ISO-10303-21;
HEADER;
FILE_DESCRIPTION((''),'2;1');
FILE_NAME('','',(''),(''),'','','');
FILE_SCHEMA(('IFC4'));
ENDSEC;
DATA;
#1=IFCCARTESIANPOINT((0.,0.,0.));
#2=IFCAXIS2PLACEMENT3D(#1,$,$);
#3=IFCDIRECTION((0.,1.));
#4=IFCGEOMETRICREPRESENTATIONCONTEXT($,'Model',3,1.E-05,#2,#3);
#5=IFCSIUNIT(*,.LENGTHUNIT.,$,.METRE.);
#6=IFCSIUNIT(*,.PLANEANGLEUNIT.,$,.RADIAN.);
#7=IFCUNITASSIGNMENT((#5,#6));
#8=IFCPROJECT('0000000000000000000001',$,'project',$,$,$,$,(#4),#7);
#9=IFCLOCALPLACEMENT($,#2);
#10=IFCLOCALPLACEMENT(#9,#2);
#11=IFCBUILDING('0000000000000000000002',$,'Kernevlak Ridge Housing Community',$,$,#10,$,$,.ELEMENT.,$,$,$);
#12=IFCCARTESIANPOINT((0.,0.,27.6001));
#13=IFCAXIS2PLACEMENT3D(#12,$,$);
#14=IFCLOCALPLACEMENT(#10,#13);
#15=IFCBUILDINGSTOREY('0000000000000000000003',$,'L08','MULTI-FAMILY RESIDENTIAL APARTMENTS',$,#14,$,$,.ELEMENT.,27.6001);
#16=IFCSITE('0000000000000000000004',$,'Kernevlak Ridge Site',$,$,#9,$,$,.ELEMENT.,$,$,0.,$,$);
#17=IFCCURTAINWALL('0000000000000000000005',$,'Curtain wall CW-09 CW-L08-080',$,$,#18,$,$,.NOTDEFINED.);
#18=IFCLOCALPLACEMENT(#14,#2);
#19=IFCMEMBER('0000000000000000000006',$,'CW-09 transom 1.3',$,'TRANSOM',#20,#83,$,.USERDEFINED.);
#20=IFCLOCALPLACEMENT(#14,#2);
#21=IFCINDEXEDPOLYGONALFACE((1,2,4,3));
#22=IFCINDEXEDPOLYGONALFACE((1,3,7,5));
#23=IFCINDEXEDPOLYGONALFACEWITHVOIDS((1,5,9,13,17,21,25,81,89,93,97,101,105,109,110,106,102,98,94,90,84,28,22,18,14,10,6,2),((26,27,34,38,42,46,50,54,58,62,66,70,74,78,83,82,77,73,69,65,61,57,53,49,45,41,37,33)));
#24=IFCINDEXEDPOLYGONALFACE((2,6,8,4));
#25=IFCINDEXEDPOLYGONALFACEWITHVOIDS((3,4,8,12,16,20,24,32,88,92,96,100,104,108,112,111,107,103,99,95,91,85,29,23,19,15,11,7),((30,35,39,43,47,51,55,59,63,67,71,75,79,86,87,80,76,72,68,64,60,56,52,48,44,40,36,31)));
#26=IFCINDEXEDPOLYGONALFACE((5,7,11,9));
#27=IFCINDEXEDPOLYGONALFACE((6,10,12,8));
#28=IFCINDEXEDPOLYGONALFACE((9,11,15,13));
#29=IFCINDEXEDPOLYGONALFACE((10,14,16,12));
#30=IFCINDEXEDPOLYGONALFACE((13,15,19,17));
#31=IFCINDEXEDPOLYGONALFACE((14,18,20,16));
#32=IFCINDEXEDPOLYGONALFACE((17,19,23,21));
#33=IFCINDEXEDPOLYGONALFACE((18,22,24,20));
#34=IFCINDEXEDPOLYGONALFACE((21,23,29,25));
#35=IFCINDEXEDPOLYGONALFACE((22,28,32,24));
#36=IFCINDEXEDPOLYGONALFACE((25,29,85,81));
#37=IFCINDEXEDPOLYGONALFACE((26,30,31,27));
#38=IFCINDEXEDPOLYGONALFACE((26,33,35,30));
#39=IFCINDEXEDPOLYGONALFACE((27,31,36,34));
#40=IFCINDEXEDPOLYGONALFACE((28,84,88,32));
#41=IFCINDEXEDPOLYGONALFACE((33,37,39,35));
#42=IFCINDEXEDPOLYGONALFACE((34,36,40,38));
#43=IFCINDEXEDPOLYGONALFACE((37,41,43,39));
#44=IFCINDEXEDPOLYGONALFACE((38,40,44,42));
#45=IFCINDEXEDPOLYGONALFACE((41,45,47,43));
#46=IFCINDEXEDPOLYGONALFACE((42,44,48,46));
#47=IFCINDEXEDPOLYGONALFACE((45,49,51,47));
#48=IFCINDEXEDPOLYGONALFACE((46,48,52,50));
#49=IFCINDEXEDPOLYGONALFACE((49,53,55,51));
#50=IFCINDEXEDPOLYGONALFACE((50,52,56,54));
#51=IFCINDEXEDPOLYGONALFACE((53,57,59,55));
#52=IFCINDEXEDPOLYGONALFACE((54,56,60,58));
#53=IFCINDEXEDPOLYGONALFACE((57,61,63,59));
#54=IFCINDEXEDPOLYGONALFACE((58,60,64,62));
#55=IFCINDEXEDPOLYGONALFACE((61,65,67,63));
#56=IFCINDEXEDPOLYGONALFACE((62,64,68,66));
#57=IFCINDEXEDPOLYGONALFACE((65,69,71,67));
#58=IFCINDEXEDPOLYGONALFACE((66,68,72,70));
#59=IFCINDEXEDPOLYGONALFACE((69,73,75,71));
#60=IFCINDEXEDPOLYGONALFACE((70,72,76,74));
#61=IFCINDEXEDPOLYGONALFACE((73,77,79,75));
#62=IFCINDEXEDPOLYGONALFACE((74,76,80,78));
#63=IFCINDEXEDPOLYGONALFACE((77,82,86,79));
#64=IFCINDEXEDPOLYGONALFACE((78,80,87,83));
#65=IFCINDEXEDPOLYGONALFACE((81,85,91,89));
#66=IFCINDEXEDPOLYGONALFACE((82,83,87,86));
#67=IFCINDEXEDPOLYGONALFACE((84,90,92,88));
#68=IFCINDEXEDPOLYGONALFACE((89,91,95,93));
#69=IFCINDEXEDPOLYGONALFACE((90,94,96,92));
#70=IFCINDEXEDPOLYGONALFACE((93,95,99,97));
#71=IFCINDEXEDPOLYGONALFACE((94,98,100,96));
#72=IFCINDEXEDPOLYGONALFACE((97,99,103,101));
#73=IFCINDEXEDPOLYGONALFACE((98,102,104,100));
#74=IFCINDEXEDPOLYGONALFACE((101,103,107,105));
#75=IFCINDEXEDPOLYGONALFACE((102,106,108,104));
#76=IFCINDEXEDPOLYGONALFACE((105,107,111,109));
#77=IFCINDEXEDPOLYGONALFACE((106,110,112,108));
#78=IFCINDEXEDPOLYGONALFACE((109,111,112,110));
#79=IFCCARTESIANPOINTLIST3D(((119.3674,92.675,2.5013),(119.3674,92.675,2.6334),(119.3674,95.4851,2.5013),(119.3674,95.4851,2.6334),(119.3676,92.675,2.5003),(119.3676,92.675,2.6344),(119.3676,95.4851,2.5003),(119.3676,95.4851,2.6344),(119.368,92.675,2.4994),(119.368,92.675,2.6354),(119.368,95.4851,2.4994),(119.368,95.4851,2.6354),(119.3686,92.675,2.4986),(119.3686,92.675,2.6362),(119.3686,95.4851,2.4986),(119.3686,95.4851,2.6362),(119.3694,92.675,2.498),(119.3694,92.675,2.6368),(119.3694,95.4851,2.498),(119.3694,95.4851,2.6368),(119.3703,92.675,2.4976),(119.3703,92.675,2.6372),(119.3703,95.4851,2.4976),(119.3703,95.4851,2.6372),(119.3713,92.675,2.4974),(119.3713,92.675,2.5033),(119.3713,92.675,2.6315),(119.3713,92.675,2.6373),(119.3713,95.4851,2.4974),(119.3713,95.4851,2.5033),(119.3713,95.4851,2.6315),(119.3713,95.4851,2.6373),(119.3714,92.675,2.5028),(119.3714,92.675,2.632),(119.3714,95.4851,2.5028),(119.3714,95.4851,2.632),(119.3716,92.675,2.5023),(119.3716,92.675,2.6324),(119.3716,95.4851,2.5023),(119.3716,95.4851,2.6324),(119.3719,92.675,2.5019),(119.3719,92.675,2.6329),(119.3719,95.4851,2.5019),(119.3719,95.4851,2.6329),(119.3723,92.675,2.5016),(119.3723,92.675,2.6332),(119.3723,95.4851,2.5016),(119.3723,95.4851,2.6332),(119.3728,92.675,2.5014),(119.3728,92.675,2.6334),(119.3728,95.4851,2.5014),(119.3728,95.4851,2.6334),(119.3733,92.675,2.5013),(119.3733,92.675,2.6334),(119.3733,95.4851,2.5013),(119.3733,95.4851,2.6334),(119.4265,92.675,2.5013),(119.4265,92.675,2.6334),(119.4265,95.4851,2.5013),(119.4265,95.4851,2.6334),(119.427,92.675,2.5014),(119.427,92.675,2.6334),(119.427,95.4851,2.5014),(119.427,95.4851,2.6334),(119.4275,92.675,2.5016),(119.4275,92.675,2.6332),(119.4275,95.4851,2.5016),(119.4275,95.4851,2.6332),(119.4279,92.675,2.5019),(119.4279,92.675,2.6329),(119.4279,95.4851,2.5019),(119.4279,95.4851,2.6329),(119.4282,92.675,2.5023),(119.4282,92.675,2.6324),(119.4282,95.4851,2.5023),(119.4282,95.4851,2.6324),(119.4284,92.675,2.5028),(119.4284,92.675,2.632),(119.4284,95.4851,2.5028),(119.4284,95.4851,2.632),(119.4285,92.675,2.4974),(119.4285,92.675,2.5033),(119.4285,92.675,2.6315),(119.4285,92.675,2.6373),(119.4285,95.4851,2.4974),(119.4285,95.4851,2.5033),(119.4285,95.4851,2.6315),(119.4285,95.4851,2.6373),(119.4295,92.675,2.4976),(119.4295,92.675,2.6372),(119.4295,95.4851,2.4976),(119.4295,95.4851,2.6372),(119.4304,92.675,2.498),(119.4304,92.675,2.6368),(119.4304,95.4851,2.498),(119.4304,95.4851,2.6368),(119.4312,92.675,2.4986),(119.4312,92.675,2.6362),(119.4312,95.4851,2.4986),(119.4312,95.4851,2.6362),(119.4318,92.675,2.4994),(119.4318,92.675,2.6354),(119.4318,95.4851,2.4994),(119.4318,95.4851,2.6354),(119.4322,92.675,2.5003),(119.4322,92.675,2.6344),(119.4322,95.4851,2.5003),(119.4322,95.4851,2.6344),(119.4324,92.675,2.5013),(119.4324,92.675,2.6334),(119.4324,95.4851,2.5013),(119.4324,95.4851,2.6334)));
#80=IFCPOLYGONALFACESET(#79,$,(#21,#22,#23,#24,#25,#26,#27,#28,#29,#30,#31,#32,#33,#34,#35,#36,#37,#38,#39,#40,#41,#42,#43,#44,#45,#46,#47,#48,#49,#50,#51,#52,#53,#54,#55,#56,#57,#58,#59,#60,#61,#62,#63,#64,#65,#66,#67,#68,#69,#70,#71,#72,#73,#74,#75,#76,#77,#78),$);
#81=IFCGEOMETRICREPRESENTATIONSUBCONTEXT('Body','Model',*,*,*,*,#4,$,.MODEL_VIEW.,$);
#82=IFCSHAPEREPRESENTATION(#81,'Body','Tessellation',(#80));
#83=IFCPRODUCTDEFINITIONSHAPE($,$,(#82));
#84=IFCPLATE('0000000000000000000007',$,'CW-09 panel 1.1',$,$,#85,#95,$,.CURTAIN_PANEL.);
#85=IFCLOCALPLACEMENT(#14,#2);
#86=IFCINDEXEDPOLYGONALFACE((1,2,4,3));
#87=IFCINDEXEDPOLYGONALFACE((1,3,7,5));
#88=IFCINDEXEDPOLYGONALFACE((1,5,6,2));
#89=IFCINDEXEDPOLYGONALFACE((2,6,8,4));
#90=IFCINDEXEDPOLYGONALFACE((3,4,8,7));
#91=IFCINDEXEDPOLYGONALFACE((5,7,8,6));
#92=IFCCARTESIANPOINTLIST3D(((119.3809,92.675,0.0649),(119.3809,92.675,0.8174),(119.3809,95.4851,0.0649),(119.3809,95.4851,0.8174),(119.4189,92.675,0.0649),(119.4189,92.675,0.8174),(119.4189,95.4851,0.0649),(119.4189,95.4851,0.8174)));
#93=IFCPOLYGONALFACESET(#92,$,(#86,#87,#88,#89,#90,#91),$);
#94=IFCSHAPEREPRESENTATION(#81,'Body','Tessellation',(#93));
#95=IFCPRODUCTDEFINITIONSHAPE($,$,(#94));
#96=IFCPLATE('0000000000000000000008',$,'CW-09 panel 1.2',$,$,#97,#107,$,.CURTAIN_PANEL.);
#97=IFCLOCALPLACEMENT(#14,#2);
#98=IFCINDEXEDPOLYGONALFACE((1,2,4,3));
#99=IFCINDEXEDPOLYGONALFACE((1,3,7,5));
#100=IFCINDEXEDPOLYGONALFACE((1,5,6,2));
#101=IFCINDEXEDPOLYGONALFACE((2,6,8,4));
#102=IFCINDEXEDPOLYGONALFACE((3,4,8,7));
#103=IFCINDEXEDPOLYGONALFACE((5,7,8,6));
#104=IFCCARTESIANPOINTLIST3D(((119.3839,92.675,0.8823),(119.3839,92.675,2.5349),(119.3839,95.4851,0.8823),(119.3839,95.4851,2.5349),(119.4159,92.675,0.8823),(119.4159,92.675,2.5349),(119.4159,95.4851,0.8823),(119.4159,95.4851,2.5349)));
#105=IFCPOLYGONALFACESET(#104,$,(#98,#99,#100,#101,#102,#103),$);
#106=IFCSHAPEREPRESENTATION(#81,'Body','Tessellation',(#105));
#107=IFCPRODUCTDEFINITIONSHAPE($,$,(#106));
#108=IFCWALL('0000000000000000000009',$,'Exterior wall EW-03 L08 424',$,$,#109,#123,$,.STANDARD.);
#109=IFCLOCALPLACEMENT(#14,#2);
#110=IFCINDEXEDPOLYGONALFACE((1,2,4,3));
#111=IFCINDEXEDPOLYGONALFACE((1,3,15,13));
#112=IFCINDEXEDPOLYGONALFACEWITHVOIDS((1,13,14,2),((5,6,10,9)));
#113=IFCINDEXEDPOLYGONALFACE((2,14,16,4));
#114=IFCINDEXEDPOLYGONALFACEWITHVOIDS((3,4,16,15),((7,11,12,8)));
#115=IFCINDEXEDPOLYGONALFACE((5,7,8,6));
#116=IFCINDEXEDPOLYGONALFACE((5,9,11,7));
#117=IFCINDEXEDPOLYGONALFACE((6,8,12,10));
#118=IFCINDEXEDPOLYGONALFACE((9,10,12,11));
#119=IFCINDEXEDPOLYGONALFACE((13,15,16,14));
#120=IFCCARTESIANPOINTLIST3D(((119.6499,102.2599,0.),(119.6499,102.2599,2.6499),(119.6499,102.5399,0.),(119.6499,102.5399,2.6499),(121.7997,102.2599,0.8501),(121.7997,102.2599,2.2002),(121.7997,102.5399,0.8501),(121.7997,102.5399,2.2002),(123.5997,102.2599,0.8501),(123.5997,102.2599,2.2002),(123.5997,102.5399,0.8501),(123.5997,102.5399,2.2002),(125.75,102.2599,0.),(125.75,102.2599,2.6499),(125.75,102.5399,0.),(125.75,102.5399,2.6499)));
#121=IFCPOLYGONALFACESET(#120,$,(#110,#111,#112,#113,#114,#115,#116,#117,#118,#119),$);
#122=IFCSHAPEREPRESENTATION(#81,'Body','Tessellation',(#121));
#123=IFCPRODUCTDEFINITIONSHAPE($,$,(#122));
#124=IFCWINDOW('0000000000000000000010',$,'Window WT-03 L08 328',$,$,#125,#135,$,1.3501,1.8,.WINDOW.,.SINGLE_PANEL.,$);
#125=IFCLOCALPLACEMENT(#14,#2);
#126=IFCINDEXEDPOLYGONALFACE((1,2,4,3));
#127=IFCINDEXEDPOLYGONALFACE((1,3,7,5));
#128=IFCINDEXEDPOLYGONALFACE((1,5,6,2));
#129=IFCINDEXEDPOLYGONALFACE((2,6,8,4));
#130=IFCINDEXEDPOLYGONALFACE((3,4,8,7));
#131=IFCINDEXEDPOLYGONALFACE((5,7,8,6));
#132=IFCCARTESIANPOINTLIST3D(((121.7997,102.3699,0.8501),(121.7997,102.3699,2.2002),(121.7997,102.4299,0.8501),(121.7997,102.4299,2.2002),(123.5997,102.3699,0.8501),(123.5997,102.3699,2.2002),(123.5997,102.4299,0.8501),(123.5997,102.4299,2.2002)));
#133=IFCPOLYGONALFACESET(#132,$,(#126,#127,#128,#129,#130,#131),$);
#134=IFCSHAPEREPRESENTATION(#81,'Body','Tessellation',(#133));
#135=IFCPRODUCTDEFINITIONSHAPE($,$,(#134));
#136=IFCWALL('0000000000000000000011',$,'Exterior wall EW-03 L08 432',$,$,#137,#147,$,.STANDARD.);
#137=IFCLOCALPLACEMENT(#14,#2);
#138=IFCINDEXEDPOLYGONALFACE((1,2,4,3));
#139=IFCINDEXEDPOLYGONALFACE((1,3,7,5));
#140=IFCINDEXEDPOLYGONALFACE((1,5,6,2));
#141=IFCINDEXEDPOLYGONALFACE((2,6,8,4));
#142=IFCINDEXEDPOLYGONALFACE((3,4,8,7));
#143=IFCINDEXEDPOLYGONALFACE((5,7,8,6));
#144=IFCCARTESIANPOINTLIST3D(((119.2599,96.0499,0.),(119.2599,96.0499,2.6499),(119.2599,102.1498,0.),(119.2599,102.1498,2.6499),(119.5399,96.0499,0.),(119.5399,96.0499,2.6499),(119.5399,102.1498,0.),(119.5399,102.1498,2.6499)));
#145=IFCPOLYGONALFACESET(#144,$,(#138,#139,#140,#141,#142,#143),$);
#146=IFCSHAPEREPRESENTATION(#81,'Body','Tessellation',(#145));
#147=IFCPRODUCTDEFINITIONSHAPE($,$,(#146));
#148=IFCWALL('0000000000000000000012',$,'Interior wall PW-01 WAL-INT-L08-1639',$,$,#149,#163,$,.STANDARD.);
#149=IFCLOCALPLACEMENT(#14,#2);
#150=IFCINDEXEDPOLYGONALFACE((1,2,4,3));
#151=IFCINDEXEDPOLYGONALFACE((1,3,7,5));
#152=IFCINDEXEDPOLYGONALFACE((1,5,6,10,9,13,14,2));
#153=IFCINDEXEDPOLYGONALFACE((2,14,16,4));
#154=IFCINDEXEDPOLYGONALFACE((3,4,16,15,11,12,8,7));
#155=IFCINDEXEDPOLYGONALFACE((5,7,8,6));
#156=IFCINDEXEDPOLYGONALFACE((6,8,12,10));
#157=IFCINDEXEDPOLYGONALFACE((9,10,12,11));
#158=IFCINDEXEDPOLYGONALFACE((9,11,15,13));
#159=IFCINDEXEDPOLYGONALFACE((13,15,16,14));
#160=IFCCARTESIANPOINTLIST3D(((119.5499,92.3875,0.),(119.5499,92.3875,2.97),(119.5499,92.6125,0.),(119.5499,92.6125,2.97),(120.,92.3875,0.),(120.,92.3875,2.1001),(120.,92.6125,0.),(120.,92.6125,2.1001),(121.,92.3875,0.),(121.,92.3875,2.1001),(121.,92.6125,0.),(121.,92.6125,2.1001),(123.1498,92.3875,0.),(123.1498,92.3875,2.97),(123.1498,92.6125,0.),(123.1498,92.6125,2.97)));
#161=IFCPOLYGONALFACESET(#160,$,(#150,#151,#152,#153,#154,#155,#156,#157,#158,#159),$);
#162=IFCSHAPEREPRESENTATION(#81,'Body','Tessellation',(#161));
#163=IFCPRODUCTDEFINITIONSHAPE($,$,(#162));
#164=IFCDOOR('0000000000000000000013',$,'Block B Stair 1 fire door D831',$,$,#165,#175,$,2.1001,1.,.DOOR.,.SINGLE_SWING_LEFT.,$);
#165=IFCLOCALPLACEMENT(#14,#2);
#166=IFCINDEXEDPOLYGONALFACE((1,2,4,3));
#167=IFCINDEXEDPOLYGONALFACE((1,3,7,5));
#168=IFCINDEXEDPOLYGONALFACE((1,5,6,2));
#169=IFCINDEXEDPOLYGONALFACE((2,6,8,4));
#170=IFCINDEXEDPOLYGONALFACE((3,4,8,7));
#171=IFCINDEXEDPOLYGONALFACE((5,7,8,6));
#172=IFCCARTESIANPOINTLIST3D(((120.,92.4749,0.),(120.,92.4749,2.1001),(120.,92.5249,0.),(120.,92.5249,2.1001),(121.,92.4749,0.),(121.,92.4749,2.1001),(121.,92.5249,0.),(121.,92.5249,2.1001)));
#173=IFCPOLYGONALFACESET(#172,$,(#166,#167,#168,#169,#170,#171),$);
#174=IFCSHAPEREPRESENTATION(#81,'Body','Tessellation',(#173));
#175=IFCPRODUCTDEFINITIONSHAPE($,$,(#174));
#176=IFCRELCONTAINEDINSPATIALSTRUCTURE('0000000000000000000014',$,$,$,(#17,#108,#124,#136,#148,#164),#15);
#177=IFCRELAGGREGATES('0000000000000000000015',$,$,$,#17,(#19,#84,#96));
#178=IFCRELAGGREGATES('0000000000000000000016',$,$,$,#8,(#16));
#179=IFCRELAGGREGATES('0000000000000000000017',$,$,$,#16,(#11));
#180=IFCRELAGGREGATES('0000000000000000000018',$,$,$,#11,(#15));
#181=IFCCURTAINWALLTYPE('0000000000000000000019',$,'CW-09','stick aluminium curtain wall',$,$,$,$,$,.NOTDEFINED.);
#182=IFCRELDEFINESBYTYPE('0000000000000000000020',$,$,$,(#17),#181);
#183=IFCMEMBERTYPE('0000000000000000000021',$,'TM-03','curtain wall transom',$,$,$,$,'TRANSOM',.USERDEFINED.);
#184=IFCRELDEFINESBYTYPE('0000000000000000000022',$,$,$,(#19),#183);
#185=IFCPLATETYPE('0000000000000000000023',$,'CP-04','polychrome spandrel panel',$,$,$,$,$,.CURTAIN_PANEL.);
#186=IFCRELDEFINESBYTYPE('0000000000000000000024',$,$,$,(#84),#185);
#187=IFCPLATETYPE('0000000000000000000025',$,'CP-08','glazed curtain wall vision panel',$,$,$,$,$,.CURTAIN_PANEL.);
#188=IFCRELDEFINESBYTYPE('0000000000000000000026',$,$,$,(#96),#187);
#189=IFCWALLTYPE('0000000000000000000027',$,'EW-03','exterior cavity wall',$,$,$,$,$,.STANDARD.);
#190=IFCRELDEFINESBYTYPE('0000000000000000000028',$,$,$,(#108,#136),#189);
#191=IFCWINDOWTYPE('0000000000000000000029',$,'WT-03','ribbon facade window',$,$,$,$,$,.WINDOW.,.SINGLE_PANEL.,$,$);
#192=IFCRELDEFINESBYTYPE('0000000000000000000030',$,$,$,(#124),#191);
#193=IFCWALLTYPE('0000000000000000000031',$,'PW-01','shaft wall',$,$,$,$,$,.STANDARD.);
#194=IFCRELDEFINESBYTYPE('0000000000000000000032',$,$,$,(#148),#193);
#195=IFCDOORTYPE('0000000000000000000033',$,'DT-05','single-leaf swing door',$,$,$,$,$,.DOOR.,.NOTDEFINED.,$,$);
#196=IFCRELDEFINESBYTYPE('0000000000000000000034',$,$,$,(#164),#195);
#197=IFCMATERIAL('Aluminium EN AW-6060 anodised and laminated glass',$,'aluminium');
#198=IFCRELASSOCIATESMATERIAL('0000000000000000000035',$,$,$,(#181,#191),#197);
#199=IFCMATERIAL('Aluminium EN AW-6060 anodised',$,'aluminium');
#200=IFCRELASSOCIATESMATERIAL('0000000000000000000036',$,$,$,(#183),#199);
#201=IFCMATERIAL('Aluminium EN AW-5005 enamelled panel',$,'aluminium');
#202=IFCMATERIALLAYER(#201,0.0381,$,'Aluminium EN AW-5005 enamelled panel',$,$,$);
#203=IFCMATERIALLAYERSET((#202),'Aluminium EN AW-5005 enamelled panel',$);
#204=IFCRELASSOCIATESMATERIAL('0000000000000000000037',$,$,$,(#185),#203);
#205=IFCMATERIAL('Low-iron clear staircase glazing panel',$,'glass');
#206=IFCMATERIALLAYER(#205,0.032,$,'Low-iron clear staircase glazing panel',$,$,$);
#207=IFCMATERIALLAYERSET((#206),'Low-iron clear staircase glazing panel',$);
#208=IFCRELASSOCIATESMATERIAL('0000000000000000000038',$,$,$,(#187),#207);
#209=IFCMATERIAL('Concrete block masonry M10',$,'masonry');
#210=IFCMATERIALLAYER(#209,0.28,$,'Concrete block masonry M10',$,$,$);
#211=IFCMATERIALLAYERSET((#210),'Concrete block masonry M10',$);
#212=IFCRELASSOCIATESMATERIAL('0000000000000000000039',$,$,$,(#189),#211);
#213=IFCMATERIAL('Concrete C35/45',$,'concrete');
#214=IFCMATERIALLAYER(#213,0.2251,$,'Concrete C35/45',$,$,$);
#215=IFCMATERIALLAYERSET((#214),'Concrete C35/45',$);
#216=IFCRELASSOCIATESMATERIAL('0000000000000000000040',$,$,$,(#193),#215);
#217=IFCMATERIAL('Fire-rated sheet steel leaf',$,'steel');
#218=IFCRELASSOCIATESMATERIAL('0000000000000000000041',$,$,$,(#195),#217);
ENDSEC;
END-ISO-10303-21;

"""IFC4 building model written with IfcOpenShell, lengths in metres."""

from ifc_helpers import new_model, si_unit, direction, frame, frame_2d, origin, origin_2d, place, context, subcontext, project, spatial, rectangle, hollow_rectangle, extrude, material, layer, layer_set, material_profile, profile_set, type_object, element, fill, aggregate, save


model = new_model("IFC4")

# Units and contexts
model_context = context("Model", 3, precision=1e-05, world=origin(), true_north=direction((0.0, 1.0)))
body_context = subcontext(model_context, "Body", "Model", "MODEL_VIEW")
ifc_project = project(units=[si_unit("LENGTHUNIT", "METRE"), si_unit("PLANEANGLEUNIT", "RADIAN")], contexts=[model_context])

# Site, building, storey
site_placement = place(None, origin())
site = spatial("IfcSite", under=ifc_project, at=site_placement, Name="Kernevlak Ridge Site", CompositionType="ELEMENT", RefElevation=0.0)
building_placement = place(site_placement, origin())
building = spatial("IfcBuilding", under=site, at=building_placement, Name="Kernevlak Ridge Housing Community", CompositionType="ELEMENT")
storey_placement = place(building_placement, frame((0.0, 0.0, 27.6001)))
storey = spatial("IfcBuildingStorey", under=building, at=storey_placement, Name="L08", Description="MULTI-FAMILY RESIDENTIAL APARTMENTS", CompositionType="ELEMENT", Elevation=27.6001)

# Shared definitions
ifc_material_1 = material(Name="Concrete C35/45", Category="concrete")

# Curtain wall
ifc_material_2 = material(Name="Aluminium EN AW-6060 anodised and laminated glass", Category="aluminium")
curtain_wall_type = type_object("IfcCurtainWallType", Name="CW-09", Description="stick aluminium curtain wall", PredefinedType="NOTDEFINED", material=ifc_material_2)
curtain_wall_placement = place(storey_placement, origin())
curtain_wall = element("IfcCurtainWall", 1, at=curtain_wall_placement, inside=storey, type_object=curtain_wall_type, Name="Curtain wall CW-09 CW-L08-080", PredefinedType="NOTDEFINED")
ifc_material_3 = material(Name="Aluminium EN AW-6060 anodised", Category="aluminium")

# Member
ifc_material_profile_1 = material_profile(ifc_material_3, hollow_rectangle(XDim=0.0649, YDim=0.1399, WallThickness=0.0039, InnerFilletRadius=0.002, OuterFilletRadius=0.0039, at=origin_2d()), Name="ALU 65x140x4")
ifc_profile_set_1 = profile_set([ifc_material_profile_1], Name="Aluminium EN AW-6060 anodised")
member_type_1 = type_object("IfcMemberType", Name="TM-03", Description="curtain wall transom", ElementType="TRANSOM", PredefinedType="USERDEFINED", material=ifc_profile_set_1)
member_1_placement = place(storey_placement, frame((119.3999, 92.675, 2.5674), z_axis=(0.0, 1.0, 0.0), x_axis=(-1.0, 0.0, 0.0)))
member_1 = element("IfcMember", 2, at=member_1_placement, type_object=member_type_1, Name="CW-09 transom 1.3", ObjectType="TRANSOM", PredefinedType="USERDEFINED", context=body_context, shape_type="SweptSolid", body=[
    extrude(hollow_rectangle(XDim=0.0649, YDim=0.1399, WallThickness=0.0039, InnerFilletRadius=0.002, OuterFilletRadius=0.0039, at=origin_2d()), origin(), (0.0, 0.0, 1.0), 2.8101),
])

# Plates
ifc_material_4 = material(Name="Aluminium EN AW-5005 enamelled panel", Category="aluminium")
ifc_layer_1 = layer(ifc_material_4, 0.0381, Name="Aluminium EN AW-5005 enamelled panel")
ifc_layer_set_1 = layer_set([ifc_layer_1], Name="Aluminium EN AW-5005 enamelled panel")
plate_type_1 = type_object("IfcPlateType", Name="CP-04", Description="polychrome spandrel panel", PredefinedType="CURTAIN_PANEL", material=ifc_layer_set_1)
plate_1_placement = place(storey_placement, frame((119.3999, 94.0801, 0.0649), z_axis=(0.0, 0.0, 1.0), x_axis=(0.0, 1.0, 0.0)))
plate_1 = element("IfcPlate", 3, at=plate_1_placement, type_object=plate_type_1, Name="CW-09 panel 1.1", PredefinedType="CURTAIN_PANEL", context=body_context, shape_type="SweptSolid", body=[
    extrude(rectangle(XDim=2.8101, YDim=0.0381, at=origin_2d()), origin(), (0.0, 0.0, 1.0), 0.7524),
])
ifc_material_5 = material(Name="Low-iron clear staircase glazing panel", Category="glass")
ifc_layer_2 = layer(ifc_material_5, 0.032, Name="Low-iron clear staircase glazing panel")
ifc_layer_set_2 = layer_set([ifc_layer_2], Name="Low-iron clear staircase glazing panel")
plate_type_2 = type_object("IfcPlateType", Name="CP-08", Description="glazed curtain wall vision panel", PredefinedType="CURTAIN_PANEL", material=ifc_layer_set_2)
plate_2_placement = place(storey_placement, frame((119.3999, 94.0801, 0.8823), z_axis=(0.0, 0.0, 1.0), x_axis=(0.0, 1.0, 0.0)))
plate_2 = element("IfcPlate", 4, at=plate_2_placement, type_object=plate_type_2, Name="CW-09 panel 1.2", PredefinedType="CURTAIN_PANEL", context=body_context, shape_type="SweptSolid", body=[
    extrude(rectangle(XDim=2.8101, YDim=0.032, at=origin_2d()), origin(), (0.0, 0.0, 1.0), 1.6526),
])
aggregate(curtain_wall, [member_1, plate_1, plate_2])

# Wall, opening, window
ifc_material_6 = material(Name="Concrete block masonry M10", Category="masonry")
ifc_layer_3 = layer(ifc_material_6, 0.28, Name="Concrete block masonry M10")
ifc_layer_set_3 = layer_set([ifc_layer_3], Name="Concrete block masonry M10")
wall_type_1 = type_object("IfcWallType", Name="EW-03", Description="exterior cavity wall", PredefinedType="STANDARD", material=ifc_layer_set_3)
wall_1_placement = place(storey_placement, frame((119.6499, 102.3999, 0.0), z_axis=(0.0, 0.0, 1.0), x_axis=(1.0, 0.0, 0.0)))
wall_1 = element("IfcWall", 5, at=wall_1_placement, inside=storey, type_object=wall_type_1, Name="Exterior wall EW-03 L08 424", PredefinedType="STANDARD", context=body_context, shape_type="SweptSolid", body=[
    extrude(rectangle(XDim=6.1001, YDim=0.28, at=frame_2d((3.05, 0.0))), origin(), (0.0, 0.0, 1.0), 2.6499),
])
opening_1_placement = place(wall_1_placement, frame((2.1499, 0.0, 0.8501)))
opening_1 = element("IfcOpeningElement", 6, at=opening_1_placement, cuts=wall_1, PredefinedType="OPENING", context=body_context, shape_type="SweptSolid", body=[
    extrude(rectangle(XDim=1.8, YDim=1.3501, at=frame_2d((0.8999, 0.675))), frame((0.0, 0.1499, 0.0), z_axis=(0.0, -1.0, 0.0), x_axis=(1.0, 0.0, 0.0)), (0.0, 0.0, 1.0), 0.3),
])
window_type = type_object("IfcWindowType", Name="WT-03", Description="ribbon facade window", PartitioningType="SINGLE_PANEL", PredefinedType="WINDOW", material=ifc_material_2)
window_placement = place(opening_1_placement, origin())
window = element("IfcWindow", 7, at=window_placement, inside=storey, type_object=window_type, Name="Window WT-03 L08 328", OverallHeight=1.3501, OverallWidth=1.8, PartitioningType="SINGLE_PANEL", PredefinedType="WINDOW", context=body_context, shape_type="SweptSolid", body=[
    extrude(rectangle(XDim=1.8, YDim=1.3501, at=frame_2d((0.8999, 0.675))), frame((0.0, 0.03, 0.0), z_axis=(0.0, -1.0, 0.0), x_axis=(1.0, 0.0, 0.0)), (0.0, 0.0, 1.0), 0.0601),
])
fill(opening_1, window)

# Wall
wall_2_placement = place(storey_placement, frame((119.3999, 96.05, 0.0), z_axis=(0.0, 0.0, 1.0), x_axis=(0.0, 1.0, 0.0)))
element("IfcWall", 8, at=wall_2_placement, inside=storey, type_object=wall_type_1, Name="Exterior wall EW-03 L08 432", PredefinedType="STANDARD", context=body_context, shape_type="SweptSolid", body=[
    extrude(rectangle(XDim=6.0999, YDim=0.28, at=frame_2d((3.0498, 0.0))), origin(), (0.0, 0.0, 1.0), 2.6499),
])

# Wall, opening, door
ifc_layer_4 = layer(ifc_material_1, 0.2251, Name="Concrete C35/45")
ifc_layer_set_4 = layer_set([ifc_layer_4], Name="Concrete C35/45")
wall_type_2 = type_object("IfcWallType", Name="PW-01", Description="shaft wall", PredefinedType="STANDARD", material=ifc_layer_set_4)
wall_3_placement = place(storey_placement, frame((119.55, 92.5, 0.0), z_axis=(0.0, 0.0, 1.0), x_axis=(1.0, 0.0, 0.0)))
wall_3 = element("IfcWall", 9, at=wall_3_placement, inside=storey, type_object=wall_type_2, Name="Interior wall PW-01 WAL-INT-L08-1639", PredefinedType="STANDARD", context=body_context, shape_type="SweptSolid", body=[
    extrude(rectangle(XDim=3.5999, YDim=0.2251, at=frame_2d((1.7998, 0.0))), origin(), (0.0, 0.0, 1.0), 2.97),
])
opening_2_placement = place(wall_3_placement, frame((0.45, 0.0, 0.0)))
opening_2 = element("IfcOpeningElement", 10, at=opening_2_placement, cuts=wall_3, PredefinedType="OPENING", context=body_context, shape_type="SweptSolid", body=[
    extrude(rectangle(XDim=1.0, YDim=2.1001, at=frame_2d((0.5, 1.05))), frame((0.0, 0.1226, 0.0), z_axis=(0.0, -1.0, 0.0), x_axis=(1.0, 0.0, 0.0)), (0.0, 0.0, 1.0), 0.2451),
])
ifc_material_7 = material(Name="Fire-rated sheet steel leaf", Category="steel")
door_type_1 = type_object("IfcDoorType", Name="DT-05", Description="single-leaf swing door", OperationType="NOTDEFINED", PredefinedType="DOOR", material=ifc_material_7)
door_1_placement = place(opening_2_placement, origin())
door_1 = element("IfcDoor", 11, at=door_1_placement, inside=storey, type_object=door_type_1, Name="Block B Stair 1 fire door D831", OperationType="SINGLE_SWING_LEFT", OverallHeight=2.1001, OverallWidth=1.0, PredefinedType="DOOR", context=body_context, shape_type="SweptSolid", body=[
    extrude(rectangle(XDim=1.0, YDim=2.1001, at=frame_2d((0.5, 1.05))), frame((0.0, 0.0249, 0.0), z_axis=(0.0, -1.0, 0.0), x_axis=(1.0, 0.0, 0.0)), (0.0, 0.0, 1.0), 0.05),
])
fill(opening_2, door_1)

save(model, "model.ifc")
